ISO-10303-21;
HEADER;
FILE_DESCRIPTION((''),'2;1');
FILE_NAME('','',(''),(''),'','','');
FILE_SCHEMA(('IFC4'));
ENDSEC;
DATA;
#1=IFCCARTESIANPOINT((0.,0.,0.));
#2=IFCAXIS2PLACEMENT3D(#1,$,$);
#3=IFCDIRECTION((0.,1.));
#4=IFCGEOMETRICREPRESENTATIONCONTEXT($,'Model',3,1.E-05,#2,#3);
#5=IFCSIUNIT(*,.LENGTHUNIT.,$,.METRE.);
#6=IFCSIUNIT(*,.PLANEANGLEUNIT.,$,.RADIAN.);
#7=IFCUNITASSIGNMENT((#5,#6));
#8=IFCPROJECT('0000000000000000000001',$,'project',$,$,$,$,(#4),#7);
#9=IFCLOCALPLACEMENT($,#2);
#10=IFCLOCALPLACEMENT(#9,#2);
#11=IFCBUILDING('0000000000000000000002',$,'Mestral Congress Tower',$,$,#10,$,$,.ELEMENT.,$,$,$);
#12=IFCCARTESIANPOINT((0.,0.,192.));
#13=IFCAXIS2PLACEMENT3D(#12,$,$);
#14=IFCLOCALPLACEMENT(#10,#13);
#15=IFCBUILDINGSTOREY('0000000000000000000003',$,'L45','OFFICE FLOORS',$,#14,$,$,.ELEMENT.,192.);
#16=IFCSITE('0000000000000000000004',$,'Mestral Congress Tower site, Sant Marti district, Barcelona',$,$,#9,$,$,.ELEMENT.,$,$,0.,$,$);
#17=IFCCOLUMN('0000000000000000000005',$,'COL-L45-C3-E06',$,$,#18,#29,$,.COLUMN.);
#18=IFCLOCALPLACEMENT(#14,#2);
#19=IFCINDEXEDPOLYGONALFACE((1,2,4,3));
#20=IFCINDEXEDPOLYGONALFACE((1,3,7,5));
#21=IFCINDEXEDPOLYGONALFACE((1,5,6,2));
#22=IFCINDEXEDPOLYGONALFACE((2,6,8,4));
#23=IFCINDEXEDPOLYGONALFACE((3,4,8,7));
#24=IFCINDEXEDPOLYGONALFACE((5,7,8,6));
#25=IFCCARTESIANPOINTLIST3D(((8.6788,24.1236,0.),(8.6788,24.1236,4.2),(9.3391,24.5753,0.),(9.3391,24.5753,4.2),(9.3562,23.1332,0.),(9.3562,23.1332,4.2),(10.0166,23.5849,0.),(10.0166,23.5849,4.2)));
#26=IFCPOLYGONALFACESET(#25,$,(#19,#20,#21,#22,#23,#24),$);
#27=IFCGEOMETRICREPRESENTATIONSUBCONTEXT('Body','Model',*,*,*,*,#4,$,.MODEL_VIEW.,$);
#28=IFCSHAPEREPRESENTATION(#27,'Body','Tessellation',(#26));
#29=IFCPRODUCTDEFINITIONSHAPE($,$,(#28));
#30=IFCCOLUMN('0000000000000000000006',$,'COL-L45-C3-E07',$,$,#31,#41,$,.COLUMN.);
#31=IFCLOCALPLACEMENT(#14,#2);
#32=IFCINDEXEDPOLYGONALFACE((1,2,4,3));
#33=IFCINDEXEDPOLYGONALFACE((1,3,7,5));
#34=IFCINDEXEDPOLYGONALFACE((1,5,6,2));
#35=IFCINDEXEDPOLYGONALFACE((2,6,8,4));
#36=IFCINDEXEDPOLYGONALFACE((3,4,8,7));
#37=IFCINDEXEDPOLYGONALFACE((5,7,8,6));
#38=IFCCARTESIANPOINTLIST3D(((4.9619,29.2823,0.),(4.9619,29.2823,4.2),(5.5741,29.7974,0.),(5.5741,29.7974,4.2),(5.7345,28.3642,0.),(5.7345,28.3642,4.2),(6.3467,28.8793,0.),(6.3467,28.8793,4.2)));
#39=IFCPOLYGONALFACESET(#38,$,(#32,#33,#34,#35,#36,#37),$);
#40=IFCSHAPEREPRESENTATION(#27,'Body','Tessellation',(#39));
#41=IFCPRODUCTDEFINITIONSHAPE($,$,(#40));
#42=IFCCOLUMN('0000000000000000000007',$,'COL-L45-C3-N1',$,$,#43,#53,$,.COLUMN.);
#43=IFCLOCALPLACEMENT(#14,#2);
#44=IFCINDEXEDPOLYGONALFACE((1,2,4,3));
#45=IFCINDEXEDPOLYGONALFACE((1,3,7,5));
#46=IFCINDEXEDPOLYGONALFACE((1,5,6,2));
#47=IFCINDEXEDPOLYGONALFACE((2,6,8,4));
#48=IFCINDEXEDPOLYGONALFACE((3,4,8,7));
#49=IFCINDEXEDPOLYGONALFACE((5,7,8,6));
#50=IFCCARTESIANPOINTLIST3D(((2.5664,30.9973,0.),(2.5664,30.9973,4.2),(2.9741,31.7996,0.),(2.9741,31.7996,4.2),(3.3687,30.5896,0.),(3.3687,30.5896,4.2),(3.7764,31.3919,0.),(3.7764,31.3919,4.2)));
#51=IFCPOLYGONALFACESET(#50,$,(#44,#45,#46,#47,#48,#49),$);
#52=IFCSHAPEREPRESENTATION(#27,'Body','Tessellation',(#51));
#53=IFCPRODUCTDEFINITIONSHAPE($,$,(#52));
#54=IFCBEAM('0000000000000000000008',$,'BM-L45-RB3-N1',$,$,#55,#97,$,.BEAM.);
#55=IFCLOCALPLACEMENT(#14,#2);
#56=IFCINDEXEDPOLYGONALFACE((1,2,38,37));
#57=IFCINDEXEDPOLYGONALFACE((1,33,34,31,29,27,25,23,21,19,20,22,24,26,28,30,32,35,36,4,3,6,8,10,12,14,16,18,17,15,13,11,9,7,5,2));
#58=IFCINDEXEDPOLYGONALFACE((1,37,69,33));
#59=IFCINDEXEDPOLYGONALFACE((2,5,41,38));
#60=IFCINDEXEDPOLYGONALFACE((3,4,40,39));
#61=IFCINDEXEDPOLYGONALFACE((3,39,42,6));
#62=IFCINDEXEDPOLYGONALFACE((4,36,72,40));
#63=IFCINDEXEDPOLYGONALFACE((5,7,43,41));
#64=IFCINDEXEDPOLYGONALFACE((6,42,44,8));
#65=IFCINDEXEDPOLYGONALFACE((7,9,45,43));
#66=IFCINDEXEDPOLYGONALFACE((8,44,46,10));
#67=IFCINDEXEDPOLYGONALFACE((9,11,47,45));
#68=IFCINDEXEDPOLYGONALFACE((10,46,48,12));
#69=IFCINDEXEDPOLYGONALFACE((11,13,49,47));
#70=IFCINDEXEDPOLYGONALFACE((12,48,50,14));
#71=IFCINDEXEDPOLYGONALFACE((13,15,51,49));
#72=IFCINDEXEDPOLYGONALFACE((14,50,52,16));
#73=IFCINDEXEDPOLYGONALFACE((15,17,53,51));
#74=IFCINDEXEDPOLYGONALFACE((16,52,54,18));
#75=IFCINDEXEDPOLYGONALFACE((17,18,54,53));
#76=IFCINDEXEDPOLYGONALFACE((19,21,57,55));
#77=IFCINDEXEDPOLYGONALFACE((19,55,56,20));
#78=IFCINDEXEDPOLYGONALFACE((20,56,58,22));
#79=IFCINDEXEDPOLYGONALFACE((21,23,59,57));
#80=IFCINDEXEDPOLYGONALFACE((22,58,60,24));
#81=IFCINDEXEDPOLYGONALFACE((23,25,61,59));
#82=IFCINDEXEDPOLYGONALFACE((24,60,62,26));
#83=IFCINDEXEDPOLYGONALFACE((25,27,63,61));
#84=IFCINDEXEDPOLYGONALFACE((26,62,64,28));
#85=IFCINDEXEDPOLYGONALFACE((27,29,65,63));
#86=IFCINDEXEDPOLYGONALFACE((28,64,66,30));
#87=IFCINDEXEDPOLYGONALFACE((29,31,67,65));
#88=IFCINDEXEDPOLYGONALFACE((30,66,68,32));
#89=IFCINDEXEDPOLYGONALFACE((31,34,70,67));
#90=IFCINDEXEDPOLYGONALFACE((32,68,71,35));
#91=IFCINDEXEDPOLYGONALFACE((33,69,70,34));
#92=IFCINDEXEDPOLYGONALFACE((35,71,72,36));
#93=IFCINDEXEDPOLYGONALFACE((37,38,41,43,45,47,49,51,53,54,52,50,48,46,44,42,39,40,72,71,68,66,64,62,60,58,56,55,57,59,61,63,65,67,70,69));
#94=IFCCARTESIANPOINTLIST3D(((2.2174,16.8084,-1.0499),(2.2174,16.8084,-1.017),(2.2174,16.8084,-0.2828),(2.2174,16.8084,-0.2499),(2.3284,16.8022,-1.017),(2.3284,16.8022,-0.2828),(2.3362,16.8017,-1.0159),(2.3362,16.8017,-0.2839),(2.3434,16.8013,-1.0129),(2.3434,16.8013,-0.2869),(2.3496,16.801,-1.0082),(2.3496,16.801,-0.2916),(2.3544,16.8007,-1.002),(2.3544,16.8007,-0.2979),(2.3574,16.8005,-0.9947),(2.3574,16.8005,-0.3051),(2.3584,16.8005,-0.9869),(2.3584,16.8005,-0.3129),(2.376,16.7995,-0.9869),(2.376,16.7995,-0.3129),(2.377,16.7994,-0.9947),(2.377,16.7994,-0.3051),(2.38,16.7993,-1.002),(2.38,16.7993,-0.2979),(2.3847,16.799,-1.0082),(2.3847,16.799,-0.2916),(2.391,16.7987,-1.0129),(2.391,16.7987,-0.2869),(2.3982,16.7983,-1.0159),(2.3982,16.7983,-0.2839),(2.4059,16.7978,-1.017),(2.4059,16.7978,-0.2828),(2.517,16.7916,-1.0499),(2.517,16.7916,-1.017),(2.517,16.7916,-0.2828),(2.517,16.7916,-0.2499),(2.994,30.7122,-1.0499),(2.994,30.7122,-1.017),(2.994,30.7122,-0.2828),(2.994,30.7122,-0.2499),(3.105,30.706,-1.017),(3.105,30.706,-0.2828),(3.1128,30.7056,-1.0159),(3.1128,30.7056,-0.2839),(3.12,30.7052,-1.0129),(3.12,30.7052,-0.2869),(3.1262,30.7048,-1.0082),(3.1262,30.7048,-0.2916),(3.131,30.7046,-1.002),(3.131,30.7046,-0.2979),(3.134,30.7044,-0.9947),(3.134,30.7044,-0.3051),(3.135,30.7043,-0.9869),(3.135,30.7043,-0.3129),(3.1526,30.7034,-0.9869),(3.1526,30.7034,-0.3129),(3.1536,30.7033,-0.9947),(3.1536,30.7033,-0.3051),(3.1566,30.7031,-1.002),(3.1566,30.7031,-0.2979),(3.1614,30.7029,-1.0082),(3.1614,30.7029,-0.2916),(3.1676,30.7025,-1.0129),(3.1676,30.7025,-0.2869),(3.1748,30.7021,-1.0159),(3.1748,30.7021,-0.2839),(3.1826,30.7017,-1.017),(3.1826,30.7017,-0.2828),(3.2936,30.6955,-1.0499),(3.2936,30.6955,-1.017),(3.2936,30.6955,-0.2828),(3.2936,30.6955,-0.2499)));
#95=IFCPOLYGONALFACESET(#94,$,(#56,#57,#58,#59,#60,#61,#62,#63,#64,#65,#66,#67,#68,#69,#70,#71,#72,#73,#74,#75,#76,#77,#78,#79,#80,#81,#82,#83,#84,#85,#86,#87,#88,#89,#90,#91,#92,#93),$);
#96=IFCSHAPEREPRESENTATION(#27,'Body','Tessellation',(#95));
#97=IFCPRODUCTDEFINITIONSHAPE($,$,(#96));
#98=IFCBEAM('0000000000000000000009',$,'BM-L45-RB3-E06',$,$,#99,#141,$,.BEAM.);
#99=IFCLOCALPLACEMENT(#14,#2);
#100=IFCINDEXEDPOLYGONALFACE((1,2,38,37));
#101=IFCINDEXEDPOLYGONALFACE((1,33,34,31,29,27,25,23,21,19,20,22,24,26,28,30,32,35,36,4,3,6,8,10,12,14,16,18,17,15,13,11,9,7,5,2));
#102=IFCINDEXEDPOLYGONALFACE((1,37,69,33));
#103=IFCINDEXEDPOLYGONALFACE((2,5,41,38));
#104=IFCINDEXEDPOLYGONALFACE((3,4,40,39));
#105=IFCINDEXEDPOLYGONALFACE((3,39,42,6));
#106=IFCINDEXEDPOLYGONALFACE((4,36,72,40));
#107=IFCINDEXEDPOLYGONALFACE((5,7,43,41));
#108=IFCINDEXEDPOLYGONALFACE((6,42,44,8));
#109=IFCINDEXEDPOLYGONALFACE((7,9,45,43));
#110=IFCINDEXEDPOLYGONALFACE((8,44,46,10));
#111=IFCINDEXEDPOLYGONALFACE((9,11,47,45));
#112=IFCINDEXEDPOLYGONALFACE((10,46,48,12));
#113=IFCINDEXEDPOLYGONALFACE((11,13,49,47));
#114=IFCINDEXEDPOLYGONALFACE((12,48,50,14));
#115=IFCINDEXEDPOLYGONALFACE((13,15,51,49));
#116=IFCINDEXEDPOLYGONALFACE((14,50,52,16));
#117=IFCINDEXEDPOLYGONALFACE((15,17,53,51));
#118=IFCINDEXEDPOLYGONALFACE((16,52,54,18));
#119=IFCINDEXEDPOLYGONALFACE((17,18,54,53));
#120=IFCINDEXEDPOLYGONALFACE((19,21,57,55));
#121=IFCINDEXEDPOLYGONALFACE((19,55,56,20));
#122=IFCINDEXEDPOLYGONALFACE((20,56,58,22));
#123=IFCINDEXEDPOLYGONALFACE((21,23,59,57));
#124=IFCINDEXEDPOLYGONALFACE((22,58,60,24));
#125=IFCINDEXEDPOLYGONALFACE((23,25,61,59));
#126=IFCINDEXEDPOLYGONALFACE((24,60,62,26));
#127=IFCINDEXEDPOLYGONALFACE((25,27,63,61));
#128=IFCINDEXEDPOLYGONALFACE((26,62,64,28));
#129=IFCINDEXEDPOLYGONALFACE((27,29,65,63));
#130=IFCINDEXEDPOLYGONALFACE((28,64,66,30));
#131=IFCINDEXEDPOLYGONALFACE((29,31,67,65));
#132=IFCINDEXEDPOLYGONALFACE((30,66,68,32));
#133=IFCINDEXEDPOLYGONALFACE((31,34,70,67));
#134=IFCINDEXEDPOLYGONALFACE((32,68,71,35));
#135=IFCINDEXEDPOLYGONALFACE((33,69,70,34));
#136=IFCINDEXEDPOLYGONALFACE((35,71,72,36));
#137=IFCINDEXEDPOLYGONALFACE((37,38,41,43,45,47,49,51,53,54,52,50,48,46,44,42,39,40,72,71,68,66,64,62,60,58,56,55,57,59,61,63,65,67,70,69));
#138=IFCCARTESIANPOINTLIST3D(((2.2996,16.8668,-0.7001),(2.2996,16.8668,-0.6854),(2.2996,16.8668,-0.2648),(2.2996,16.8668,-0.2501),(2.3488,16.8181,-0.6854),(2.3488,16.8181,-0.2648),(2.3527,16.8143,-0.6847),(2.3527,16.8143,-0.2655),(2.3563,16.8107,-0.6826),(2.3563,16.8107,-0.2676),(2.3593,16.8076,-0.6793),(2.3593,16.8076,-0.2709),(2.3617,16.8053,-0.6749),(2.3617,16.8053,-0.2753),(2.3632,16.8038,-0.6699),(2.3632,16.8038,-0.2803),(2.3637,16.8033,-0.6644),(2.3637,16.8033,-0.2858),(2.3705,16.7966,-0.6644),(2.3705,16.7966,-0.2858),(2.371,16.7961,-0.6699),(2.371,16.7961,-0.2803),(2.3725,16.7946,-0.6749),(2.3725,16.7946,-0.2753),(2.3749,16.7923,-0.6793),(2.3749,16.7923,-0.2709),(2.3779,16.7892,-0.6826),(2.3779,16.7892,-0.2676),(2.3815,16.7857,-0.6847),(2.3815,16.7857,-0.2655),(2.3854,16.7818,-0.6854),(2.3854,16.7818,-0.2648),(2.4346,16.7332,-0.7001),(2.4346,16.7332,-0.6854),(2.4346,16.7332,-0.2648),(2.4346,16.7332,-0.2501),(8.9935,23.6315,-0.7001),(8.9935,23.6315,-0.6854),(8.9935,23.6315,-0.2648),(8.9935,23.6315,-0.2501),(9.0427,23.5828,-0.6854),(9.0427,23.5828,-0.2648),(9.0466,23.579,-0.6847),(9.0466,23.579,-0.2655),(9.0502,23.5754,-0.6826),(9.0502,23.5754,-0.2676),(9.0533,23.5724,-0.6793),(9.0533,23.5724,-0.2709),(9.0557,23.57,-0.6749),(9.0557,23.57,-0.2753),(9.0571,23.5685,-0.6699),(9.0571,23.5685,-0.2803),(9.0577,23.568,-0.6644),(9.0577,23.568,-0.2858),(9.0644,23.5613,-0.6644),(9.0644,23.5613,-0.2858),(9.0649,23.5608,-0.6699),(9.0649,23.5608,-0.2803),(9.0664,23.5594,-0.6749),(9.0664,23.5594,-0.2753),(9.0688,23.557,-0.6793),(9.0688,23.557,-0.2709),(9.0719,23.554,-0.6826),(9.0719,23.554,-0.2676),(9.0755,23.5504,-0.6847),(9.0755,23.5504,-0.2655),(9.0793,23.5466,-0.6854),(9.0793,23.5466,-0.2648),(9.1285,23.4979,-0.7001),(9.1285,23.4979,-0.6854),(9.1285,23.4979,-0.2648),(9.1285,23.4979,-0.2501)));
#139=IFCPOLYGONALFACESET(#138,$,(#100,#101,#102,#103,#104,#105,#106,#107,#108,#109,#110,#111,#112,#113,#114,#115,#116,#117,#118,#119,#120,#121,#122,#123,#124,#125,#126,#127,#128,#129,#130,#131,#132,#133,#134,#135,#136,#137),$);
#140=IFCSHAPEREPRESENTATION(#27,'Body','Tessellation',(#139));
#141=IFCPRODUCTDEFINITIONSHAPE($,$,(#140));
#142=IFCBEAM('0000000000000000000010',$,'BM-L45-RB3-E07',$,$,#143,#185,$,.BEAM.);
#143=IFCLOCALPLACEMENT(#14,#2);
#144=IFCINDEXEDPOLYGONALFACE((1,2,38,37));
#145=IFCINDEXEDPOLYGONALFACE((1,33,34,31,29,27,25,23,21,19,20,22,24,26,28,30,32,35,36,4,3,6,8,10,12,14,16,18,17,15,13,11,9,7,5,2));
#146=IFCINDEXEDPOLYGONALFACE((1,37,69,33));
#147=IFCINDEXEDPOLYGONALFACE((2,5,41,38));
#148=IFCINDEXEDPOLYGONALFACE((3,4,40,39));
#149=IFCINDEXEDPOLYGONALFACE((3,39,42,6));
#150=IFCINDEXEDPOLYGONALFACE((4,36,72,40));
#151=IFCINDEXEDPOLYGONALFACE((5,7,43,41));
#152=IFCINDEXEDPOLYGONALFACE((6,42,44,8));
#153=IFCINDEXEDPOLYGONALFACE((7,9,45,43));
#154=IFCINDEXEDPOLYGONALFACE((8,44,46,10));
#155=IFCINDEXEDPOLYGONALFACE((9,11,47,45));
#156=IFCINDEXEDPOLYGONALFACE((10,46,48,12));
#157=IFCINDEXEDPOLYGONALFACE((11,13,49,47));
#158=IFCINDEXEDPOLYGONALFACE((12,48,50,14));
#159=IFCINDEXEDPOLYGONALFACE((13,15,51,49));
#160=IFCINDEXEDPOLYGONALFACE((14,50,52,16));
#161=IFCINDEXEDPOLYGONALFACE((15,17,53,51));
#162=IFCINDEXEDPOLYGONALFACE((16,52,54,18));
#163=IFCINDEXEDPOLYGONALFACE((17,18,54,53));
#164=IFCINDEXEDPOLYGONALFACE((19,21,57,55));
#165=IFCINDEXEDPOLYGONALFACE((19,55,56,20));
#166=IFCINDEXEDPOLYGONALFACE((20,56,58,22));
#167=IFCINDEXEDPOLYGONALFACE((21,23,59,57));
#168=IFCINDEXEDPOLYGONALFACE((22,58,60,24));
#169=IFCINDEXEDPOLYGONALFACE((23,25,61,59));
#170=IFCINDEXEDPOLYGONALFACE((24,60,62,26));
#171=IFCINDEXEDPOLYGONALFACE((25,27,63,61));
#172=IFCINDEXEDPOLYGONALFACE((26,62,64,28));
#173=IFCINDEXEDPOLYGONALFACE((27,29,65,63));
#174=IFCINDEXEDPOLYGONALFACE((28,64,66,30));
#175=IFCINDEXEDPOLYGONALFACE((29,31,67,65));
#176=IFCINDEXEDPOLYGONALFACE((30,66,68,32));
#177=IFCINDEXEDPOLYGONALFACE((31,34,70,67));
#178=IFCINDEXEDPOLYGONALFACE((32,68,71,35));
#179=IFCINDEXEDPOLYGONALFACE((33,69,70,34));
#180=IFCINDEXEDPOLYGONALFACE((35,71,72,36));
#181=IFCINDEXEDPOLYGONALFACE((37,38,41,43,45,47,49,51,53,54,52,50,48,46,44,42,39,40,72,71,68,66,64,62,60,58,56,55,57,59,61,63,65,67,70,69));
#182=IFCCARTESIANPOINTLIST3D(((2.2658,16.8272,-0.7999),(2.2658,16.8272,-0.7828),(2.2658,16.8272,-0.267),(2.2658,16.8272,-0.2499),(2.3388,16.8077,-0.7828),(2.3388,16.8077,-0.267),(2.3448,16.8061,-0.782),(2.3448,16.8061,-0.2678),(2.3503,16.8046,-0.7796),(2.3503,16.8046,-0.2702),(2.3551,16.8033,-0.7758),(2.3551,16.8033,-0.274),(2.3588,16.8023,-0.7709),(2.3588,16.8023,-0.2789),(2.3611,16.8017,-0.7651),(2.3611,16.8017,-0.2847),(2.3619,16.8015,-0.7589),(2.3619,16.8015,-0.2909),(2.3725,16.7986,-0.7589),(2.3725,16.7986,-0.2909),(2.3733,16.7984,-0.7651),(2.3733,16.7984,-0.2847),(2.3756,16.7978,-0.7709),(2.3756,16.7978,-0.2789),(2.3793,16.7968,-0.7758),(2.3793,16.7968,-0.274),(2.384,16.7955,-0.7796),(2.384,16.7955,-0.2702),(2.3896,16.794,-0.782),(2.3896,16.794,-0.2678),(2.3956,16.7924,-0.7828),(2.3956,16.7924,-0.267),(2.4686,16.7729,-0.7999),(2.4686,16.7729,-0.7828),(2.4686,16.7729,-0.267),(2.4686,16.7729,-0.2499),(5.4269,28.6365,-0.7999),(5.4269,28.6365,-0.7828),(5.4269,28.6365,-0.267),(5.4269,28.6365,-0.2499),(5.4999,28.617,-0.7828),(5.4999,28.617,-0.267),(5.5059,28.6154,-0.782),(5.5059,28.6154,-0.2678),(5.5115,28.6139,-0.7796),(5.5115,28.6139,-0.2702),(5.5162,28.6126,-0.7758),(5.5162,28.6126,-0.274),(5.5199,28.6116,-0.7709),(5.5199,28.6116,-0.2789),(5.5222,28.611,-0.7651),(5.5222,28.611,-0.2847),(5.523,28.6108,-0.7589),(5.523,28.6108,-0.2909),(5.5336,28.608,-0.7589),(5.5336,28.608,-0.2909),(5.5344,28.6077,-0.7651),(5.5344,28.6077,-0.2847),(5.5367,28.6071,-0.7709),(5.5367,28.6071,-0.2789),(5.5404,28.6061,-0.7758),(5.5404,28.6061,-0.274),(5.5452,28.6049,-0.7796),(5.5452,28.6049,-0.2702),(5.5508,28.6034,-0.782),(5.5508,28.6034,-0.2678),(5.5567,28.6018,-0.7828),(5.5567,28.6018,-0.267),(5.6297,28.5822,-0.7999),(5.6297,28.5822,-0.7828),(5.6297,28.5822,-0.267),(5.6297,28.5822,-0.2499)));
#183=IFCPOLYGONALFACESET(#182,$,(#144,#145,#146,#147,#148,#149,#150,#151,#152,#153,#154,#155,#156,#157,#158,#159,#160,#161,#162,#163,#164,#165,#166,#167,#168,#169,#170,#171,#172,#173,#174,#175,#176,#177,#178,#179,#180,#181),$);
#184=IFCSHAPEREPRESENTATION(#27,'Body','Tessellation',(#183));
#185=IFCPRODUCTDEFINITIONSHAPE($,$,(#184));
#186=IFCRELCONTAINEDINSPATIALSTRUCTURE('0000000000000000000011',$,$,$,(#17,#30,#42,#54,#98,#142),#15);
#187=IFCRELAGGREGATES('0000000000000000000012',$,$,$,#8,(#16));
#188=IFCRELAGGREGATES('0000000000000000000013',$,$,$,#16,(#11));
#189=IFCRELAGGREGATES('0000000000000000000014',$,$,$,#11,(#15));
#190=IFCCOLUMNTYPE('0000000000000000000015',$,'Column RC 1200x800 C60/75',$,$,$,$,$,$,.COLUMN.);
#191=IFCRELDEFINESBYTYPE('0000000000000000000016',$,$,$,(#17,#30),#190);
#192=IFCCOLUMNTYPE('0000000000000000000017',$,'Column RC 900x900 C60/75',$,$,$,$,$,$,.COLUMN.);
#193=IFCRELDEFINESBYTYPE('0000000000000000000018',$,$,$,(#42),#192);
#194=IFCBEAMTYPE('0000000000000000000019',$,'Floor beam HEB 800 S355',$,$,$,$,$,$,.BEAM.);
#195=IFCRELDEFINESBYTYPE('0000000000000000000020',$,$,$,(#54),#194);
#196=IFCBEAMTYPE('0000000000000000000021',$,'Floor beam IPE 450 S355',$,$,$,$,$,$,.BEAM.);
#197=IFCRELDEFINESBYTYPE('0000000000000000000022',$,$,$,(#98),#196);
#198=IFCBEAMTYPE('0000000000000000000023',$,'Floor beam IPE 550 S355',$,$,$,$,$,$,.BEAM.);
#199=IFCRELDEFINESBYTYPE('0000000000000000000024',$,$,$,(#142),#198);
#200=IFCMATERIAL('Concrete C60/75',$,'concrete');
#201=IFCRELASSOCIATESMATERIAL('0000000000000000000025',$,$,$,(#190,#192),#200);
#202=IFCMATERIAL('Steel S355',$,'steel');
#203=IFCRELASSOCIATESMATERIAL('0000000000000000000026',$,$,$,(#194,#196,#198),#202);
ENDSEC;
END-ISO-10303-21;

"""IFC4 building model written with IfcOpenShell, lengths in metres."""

from ifc_helpers import new_model, si_unit, direction, frame, origin, origin_2d, place, context, subcontext, project, spatial, rectangle, i_section, extrude, material, material_profile, profile_set, type_object, element, save


model = new_model("IFC4")

# Units and contexts
model_context = context("Model", 3, precision=1e-05, world=origin(), true_north=direction((0.0, 1.0)))
body_context = subcontext(model_context, "Body", "Model", "MODEL_VIEW")
ifc_project = project(units=[si_unit("LENGTHUNIT", "METRE"), si_unit("PLANEANGLEUNIT", "RADIAN")], contexts=[model_context])

# Site, building, storey
site_placement = place(None, origin())
site = spatial("IfcSite", under=ifc_project, at=site_placement, Name="Mestral Congress Tower site, Sant Marti district, Barcelona", CompositionType="ELEMENT", RefElevation=0.0)
building_placement = place(site_placement, origin())
building = spatial("IfcBuilding", under=site, at=building_placement, Name="Mestral Congress Tower", CompositionType="ELEMENT")
storey_placement = place(building_placement, frame((0.0, 0.0, 192.0)))
storey = spatial("IfcBuildingStorey", under=building, at=storey_placement, Name="L45", Description="OFFICE FLOORS", CompositionType="ELEMENT", Elevation=192.0)

# Columns
ifc_material_1 = material(Name="Concrete C60/75", Category="concrete")
ifc_material_profile_1 = material_profile(ifc_material_1, rectangle(XDim=1.2, YDim=0.8, at=origin_2d()), Name="RC 1200x800")
ifc_profile_set_1 = profile_set([ifc_material_profile_1], Name="Concrete C60/75")
column_type_1 = type_object("IfcColumnType", Name="Column RC 1200x800 C60/75", PredefinedType="COLUMN", material=ifc_profile_set_1)
for number, where, z_axis, x_axis, name in (
    (1, (9.3477, 23.8542, 0.0), (0.0, 0.0, 1.0), (-0.564568, 0.825387, 0.0), "COL-L45-C3-E06"),
    (2, (5.6543, 29.0808, 0.0), (0.0, 0.0, 1.0), (-0.643827, 0.765171, 0.0), "COL-L45-C3-E07"),
):
    element("IfcColumn", number, at=place(storey_placement, frame(where, z_axis=z_axis, x_axis=x_axis)), inside=storey, type_object=column_type_1, Name=name, PredefinedType="COLUMN", context=body_context, shape_type="SweptSolid", body=[
        extrude(rectangle(XDim=1.2, YDim=0.8, at=origin_2d()), origin(), (0.0, 0.0, 1.0), 4.2),
    ])
ifc_material_profile_2 = material_profile(ifc_material_1, rectangle(XDim=0.8999, YDim=0.8999, at=origin_2d()), Name="RC 900x900")
ifc_profile_set_2 = profile_set([ifc_material_profile_2], Name="Concrete C60/75")
column_type_2 = type_object("IfcColumnType", Name="Column RC 900x900 C60/75", PredefinedType="COLUMN", material=ifc_profile_set_2)
column_placement = place(storey_placement, frame((3.1714, 31.1946, 0.0), z_axis=(0.0, 0.0, 1.0), x_axis=(-0.891486, 0.453048, 0.0)))
element("IfcColumn", 3, at=column_placement, inside=storey, type_object=column_type_2, Name="COL-L45-C3-N1", PredefinedType="COLUMN", context=body_context, shape_type="SweptSolid", body=[
    extrude(rectangle(XDim=0.8999, YDim=0.8999, at=origin_2d()), origin(), (0.0, 0.0, 1.0), 4.2),
])

# Beams
ifc_material_2 = material(Name="Steel S355", Category="steel")
ifc_material_profile_3 = material_profile(ifc_material_2, i_section(OverallWidth=0.3, OverallDepth=0.8, WebThickness=0.0176, FlangeThickness=0.033, FilletRadius=0.03, at=origin_2d()), Name="HEB 800")
ifc_profile_set_3 = profile_set([ifc_material_profile_3], Name="Steel S355")
beam_type_1 = type_object("IfcBeamType", Name="Floor beam HEB 800 S355", PredefinedType="BEAM", material=ifc_profile_set_3)
beam_1_placement = place(storey_placement, frame((3.1438, 30.7039, -0.6499), z_axis=(-0.055769, -0.998444, 0.0), x_axis=(0.998444, -0.055769, 0.0)))
element("IfcBeam", 4, at=beam_1_placement, inside=storey, type_object=beam_type_1, Name="BM-L45-RB3-N1", PredefinedType="BEAM", context=body_context, shape_type="SweptSolid", body=[
    extrude(i_section(OverallWidth=0.3, OverallDepth=0.8, WebThickness=0.0176, FlangeThickness=0.033, FilletRadius=0.03, at=origin_2d()), origin(), (0.0, 0.0, 1.0), 13.9255),
])
ifc_material_profile_4 = material_profile(ifc_material_2, i_section(OverallWidth=0.1899, OverallDepth=0.45, WebThickness=0.0095, FlangeThickness=0.0146, FilletRadius=0.021, at=origin_2d()), Name="IPE 450")
ifc_profile_set_4 = profile_set([ifc_material_profile_4], Name="Steel S355")
beam_type_2 = type_object("IfcBeamType", Name="Floor beam IPE 450 S355", PredefinedType="BEAM", material=ifc_profile_set_4)
beam_2_placement = place(storey_placement, frame((9.061, 23.5647, -0.4751), z_axis=(-0.703377, -0.710817, 0.0), x_axis=(0.710817, -0.703377, 0.0)))
element("IfcBeam", 5, at=beam_2_placement, inside=storey, type_object=beam_type_2, Name="BM-L45-RB3-E06", PredefinedType="BEAM", context=body_context, shape_type="SweptSolid", body=[
    extrude(i_section(OverallWidth=0.1899, OverallDepth=0.45, WebThickness=0.0095, FlangeThickness=0.0146, FilletRadius=0.021, at=origin_2d()), origin(), (0.0, 0.0, 1.0), 9.5168),
])
ifc_material_profile_5 = material_profile(ifc_material_2, i_section(OverallWidth=0.21, OverallDepth=0.55, WebThickness=0.011, FlangeThickness=0.0171, FilletRadius=0.0239, at=origin_2d()), Name="IPE 550")
ifc_profile_set_5 = profile_set([ifc_material_profile_5], Name="Steel S355")
beam_type_3 = type_object("IfcBeamType", Name="Floor beam IPE 550 S355", PredefinedType="BEAM", material=ifc_profile_set_5)
beam_3_placement = place(storey_placement, frame((5.5283, 28.6094, -0.5249), z_axis=(-0.258577, -0.965991, 0.0), x_axis=(0.965991, -0.258577, 0.0)))
element("IfcBeam", 6, at=beam_3_placement, inside=storey, type_object=beam_type_3, Name="BM-L45-RB3-E07", PredefinedType="BEAM", context=body_context, shape_type="SweptSolid", body=[
    extrude(i_section(OverallWidth=0.21, OverallDepth=0.55, WebThickness=0.011, FlangeThickness=0.0171, FilletRadius=0.0239, at=origin_2d()), origin(), (0.0, 0.0, 1.0), 12.2251),
])

save(model, "model.ifc")
